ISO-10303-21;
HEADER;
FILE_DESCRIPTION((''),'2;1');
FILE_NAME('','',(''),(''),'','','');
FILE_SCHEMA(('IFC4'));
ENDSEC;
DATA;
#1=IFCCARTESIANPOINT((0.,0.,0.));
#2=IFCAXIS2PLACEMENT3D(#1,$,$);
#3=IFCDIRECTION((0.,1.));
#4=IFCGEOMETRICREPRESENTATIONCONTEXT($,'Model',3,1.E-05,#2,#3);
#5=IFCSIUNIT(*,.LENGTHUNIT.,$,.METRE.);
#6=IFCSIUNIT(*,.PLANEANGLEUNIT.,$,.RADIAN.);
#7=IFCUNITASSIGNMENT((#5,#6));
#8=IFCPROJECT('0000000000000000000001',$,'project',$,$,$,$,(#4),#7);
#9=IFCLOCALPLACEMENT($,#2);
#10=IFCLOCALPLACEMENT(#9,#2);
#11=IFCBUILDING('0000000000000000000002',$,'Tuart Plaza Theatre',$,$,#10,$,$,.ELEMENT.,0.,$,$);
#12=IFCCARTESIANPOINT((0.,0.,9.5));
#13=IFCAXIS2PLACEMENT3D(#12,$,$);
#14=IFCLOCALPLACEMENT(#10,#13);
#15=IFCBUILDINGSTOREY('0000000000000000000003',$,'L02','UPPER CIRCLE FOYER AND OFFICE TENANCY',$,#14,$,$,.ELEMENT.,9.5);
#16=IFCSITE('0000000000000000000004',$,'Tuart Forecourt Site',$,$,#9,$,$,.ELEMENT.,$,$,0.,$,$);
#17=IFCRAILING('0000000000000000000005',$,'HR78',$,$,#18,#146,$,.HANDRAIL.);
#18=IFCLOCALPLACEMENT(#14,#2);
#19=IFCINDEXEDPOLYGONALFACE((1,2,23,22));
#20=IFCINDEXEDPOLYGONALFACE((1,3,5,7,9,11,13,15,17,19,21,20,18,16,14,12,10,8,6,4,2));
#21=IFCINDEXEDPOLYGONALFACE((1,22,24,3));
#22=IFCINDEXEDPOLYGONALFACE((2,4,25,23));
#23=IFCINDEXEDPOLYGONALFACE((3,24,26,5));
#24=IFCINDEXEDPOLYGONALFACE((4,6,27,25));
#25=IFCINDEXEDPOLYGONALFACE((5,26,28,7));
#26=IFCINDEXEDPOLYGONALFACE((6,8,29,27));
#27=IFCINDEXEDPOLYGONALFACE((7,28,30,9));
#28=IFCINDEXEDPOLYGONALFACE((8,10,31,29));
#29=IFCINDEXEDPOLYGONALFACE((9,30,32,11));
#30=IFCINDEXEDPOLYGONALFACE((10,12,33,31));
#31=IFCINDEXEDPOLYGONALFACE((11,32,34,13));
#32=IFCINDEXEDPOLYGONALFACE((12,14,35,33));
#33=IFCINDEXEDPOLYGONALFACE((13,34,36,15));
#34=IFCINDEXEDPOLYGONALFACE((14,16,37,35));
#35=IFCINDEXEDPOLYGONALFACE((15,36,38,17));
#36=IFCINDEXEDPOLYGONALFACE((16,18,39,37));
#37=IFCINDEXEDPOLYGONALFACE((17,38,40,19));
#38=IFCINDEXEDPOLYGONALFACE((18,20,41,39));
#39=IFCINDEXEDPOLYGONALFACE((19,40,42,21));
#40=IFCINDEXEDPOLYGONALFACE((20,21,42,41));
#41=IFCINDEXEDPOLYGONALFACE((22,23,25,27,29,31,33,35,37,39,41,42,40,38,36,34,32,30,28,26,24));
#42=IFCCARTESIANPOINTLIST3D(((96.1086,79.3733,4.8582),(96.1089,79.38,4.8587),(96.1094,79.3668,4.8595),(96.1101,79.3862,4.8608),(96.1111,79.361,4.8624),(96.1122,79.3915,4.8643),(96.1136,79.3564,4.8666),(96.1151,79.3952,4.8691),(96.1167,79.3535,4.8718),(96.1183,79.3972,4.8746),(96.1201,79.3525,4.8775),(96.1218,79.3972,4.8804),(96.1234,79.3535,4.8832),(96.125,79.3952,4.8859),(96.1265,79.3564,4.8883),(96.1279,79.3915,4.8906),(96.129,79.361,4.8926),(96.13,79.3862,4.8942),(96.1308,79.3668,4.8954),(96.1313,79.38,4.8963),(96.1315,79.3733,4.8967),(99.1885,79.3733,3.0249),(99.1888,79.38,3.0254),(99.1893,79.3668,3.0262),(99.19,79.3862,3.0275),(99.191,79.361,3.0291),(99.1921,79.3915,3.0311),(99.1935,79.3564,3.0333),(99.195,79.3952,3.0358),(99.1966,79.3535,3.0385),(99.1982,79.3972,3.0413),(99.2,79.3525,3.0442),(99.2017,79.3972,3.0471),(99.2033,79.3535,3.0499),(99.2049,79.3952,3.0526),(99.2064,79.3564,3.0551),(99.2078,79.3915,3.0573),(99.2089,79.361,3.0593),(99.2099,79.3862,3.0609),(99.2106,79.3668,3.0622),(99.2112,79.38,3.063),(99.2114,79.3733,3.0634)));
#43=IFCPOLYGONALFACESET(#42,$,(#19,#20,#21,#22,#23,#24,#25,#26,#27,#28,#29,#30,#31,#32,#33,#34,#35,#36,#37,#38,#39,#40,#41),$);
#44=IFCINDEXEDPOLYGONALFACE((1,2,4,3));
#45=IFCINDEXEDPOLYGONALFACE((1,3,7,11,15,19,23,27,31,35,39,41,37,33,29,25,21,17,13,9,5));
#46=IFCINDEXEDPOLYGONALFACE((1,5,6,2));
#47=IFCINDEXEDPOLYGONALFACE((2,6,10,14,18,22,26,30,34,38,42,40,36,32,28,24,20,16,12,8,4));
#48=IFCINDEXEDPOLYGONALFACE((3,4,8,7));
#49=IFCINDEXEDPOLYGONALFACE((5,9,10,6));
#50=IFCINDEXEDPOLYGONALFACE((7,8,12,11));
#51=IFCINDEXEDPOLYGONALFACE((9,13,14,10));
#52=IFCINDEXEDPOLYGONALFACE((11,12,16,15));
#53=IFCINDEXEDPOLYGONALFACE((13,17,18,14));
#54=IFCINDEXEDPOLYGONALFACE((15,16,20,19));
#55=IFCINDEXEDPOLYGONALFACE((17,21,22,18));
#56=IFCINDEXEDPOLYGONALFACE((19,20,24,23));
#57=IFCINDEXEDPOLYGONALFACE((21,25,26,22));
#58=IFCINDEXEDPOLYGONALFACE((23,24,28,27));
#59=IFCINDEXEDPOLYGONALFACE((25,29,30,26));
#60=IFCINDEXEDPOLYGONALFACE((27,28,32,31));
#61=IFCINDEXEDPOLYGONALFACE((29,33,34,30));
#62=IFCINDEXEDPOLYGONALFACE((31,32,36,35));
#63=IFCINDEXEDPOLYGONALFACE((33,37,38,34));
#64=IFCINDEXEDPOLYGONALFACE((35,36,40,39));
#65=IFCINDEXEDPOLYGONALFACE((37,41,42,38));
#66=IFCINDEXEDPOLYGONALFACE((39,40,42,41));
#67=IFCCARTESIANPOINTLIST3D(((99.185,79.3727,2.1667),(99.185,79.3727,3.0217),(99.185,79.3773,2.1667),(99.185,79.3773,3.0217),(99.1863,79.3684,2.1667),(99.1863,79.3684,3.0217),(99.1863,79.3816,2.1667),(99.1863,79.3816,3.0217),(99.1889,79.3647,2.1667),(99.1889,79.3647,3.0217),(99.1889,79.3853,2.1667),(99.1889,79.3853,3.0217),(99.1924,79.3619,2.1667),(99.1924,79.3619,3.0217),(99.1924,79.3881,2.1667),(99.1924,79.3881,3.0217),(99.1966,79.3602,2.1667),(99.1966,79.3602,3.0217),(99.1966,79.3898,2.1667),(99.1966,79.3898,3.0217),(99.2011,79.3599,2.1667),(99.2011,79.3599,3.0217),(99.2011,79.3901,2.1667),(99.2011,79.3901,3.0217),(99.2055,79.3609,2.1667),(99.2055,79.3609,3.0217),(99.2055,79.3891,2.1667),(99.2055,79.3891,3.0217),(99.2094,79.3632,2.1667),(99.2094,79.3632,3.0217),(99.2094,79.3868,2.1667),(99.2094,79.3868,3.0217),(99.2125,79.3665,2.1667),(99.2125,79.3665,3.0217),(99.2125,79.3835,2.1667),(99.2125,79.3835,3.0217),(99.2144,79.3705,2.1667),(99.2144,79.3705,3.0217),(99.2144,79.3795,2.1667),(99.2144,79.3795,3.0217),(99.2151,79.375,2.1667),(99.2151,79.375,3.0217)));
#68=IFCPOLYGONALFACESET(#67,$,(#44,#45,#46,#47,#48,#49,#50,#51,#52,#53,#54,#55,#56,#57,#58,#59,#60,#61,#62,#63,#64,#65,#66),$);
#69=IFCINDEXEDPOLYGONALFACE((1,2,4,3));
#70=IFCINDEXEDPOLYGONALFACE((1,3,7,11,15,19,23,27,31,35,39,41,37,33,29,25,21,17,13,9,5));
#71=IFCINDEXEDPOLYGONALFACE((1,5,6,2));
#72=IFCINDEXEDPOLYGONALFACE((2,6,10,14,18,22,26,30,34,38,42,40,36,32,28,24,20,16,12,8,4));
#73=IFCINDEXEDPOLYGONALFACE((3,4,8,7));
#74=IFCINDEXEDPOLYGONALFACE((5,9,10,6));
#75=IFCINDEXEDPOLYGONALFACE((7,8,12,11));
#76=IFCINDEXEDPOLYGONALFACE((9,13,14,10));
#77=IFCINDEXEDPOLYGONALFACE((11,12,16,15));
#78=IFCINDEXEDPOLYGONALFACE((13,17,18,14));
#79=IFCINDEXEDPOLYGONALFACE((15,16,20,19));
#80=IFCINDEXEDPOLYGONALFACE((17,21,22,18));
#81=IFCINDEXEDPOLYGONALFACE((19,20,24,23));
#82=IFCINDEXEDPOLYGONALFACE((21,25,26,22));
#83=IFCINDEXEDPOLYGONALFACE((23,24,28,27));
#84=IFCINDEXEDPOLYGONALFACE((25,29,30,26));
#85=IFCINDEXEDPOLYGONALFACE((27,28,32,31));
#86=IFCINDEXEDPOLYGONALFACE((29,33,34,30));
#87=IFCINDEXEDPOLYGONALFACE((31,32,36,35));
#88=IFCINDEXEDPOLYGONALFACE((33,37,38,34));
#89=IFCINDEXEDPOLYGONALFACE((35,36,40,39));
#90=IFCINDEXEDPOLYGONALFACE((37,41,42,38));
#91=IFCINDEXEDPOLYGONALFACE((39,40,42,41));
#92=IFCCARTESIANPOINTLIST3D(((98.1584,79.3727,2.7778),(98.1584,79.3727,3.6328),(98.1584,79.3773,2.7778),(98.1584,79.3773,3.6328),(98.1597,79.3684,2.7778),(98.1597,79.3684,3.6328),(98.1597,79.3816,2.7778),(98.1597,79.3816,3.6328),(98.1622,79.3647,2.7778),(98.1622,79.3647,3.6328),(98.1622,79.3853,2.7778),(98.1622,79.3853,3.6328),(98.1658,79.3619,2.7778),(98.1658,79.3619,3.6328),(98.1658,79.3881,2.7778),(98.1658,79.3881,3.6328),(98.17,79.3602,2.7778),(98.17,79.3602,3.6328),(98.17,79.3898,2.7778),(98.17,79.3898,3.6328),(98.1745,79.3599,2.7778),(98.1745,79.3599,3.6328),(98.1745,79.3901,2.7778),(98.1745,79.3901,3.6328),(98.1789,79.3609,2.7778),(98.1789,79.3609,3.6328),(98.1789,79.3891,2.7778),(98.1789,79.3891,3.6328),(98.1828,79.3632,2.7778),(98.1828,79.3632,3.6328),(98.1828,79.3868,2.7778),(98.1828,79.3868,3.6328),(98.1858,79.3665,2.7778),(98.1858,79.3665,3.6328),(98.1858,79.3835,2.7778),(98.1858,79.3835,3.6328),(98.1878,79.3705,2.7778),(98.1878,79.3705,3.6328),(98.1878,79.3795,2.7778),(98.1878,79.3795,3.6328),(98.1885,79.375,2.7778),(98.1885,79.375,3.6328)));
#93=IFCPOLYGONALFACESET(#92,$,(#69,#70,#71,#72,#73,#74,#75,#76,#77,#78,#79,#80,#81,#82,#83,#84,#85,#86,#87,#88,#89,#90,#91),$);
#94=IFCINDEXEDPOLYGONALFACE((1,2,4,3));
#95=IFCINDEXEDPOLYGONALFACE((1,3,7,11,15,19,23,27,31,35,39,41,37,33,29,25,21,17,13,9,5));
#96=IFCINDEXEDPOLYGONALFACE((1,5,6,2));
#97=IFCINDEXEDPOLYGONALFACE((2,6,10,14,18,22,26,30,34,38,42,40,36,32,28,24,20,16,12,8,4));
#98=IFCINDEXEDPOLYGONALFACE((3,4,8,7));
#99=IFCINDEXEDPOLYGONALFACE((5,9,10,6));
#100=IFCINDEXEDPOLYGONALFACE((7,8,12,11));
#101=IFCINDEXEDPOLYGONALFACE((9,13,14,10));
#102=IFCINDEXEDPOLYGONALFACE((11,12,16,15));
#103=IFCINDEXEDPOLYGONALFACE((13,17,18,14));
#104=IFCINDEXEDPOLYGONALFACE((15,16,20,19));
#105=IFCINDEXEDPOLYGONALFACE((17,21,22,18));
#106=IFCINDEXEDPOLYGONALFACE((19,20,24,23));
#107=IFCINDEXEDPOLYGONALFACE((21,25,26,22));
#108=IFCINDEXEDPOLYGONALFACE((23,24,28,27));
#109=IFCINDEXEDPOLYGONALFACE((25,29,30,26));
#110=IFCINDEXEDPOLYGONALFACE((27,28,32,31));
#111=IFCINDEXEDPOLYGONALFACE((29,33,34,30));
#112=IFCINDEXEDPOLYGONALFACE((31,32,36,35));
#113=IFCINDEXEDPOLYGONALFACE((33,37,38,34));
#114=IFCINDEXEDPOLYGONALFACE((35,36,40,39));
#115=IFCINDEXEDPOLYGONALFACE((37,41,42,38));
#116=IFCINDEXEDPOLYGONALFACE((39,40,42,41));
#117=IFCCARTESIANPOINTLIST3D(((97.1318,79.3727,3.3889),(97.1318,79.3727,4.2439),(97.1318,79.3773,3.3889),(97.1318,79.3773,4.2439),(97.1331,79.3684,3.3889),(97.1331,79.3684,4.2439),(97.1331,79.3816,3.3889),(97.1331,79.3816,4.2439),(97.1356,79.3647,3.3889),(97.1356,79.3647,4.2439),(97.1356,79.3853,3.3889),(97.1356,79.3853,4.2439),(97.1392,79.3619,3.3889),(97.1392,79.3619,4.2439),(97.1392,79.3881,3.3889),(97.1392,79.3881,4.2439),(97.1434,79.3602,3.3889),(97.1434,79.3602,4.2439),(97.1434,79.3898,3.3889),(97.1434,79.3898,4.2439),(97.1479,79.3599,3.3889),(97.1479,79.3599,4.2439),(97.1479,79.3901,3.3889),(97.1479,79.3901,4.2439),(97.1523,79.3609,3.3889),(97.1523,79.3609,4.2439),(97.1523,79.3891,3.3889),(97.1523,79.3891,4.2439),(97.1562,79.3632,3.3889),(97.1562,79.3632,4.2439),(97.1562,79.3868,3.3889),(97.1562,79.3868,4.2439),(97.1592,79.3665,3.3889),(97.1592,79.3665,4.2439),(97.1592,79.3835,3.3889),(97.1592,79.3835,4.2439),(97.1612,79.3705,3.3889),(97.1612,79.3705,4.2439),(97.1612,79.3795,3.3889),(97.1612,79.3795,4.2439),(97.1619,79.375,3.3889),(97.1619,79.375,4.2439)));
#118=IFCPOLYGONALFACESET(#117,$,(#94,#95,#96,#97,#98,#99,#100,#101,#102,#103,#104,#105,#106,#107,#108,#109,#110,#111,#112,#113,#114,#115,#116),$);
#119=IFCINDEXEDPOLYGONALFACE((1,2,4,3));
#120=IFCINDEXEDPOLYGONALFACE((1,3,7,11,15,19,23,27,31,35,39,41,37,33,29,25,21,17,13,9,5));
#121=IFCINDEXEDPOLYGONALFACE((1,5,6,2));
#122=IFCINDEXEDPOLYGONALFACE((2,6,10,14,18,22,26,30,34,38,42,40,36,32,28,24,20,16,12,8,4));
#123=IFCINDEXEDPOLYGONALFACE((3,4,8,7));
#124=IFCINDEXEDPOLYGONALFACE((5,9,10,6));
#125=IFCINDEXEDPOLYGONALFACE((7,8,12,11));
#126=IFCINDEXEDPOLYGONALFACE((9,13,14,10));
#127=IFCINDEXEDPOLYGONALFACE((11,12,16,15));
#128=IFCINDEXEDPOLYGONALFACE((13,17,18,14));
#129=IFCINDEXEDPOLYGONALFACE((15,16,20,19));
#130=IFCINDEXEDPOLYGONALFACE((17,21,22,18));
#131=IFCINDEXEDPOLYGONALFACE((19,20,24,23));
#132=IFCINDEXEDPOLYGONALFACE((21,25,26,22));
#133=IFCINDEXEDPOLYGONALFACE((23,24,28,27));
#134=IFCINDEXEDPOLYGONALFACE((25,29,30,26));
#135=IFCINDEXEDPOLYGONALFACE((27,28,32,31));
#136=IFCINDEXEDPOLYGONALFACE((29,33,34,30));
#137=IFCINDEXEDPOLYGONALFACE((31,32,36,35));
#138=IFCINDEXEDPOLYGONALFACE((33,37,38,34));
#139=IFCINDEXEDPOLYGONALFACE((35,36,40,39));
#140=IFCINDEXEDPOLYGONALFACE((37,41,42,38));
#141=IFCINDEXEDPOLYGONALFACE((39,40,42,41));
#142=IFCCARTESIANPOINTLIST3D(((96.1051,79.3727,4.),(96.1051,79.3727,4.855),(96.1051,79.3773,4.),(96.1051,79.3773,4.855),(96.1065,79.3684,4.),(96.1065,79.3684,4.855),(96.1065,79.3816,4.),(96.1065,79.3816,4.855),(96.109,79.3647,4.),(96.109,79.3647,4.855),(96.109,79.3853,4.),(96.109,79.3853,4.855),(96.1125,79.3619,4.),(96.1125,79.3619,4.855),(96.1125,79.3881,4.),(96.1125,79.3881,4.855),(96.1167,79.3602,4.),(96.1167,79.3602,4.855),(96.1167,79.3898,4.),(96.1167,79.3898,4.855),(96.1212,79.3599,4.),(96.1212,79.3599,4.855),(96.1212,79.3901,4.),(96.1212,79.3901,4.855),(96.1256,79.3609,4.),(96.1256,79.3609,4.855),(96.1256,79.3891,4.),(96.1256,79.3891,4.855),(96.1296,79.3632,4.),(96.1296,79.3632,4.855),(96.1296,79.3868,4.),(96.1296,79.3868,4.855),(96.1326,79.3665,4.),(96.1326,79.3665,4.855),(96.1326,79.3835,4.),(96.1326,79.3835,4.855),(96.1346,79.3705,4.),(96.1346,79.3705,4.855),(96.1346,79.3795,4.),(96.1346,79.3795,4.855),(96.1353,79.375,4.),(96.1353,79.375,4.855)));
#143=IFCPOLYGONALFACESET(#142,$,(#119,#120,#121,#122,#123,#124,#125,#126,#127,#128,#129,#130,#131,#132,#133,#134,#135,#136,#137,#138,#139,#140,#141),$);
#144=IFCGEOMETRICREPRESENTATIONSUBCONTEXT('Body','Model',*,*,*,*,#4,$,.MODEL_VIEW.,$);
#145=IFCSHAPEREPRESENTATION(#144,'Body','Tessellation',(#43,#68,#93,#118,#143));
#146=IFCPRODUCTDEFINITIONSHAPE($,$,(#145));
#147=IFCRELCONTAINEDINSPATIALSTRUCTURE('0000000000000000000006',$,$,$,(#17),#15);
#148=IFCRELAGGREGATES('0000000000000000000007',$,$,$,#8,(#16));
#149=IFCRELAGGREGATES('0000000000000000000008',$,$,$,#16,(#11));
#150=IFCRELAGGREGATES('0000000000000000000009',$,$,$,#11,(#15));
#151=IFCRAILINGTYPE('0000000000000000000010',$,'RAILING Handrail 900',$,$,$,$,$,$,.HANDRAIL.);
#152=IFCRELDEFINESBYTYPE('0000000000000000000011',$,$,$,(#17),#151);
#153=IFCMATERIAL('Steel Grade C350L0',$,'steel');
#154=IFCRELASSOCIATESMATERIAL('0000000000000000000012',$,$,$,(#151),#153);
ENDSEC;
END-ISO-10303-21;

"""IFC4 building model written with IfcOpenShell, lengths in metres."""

from ifc_helpers import new_model, si_unit, direction, frame, origin, origin_2d, place, context, subcontext, project, spatial, circle, extrude, material, type_object, element, save


model = new_model("IFC4")

# Units and contexts
model_context = context("Model", 3, precision=1e-05, world=origin(), true_north=direction((0.0, 1.0)))
body_context = subcontext(model_context, "Body", "Model", "MODEL_VIEW")
ifc_project = project(units=[si_unit("LENGTHUNIT", "METRE"), si_unit("PLANEANGLEUNIT", "RADIAN")], contexts=[model_context])

# Site, building, storey
site_placement = place(None, origin())
site = spatial("IfcSite", under=ifc_project, at=site_placement, Name="Tuart Forecourt Site", CompositionType="ELEMENT", RefElevation=0.0)
building_placement = place(site_placement, origin())
building = spatial("IfcBuilding", under=site, at=building_placement, Name="Tuart Plaza Theatre", CompositionType="ELEMENT", ElevationOfRefHeight=0.0)
storey_placement = place(building_placement, frame((0.0, 0.0, 9.5)))
storey = spatial("IfcBuildingStorey", under=building, at=storey_placement, Name="L02", Description="UPPER CIRCLE FOYER AND OFFICE TENANCY", CompositionType="ELEMENT", Elevation=9.5)

# Railing
ifc_material_1 = material(Name="Steel Grade C350L0", Category="steel")
railing_type_1 = type_object("IfcRailingType", Name="RAILING Handrail 900", PredefinedType="HANDRAIL", material=ifc_material_1)
railing_1_placement = place(storey_placement, frame((99.2, 79.375, 2.1667)))
element("IfcRailing", 1, at=railing_1_placement, inside=storey, type_object=railing_type_1, Name="HR78", PredefinedType="HANDRAIL", context=body_context, shape_type="SweptSolid", body=[
    extrude(circle(Radius=0.0225, at=origin_2d()), frame((0.0, 0.0, 0.8774), z_axis=(-0.859291, 0.0, 0.511487), x_axis=(0.0, -1.0, 0.0)), (0.0, 0.0, 1.0), 3.5842),
    extrude(circle(Radius=0.0151, at=origin_2d()), origin(), (0.0, 0.0, 1.0), 0.855),
    extrude(circle(Radius=0.0151, at=origin_2d()), frame((-1.0266, 0.0, 0.6111)), (0.0, 0.0, 1.0), 0.855),
    extrude(circle(Radius=0.0151, at=origin_2d()), frame((-2.0532, 0.0, 1.2222)), (0.0, 0.0, 1.0), 0.855),
    extrude(circle(Radius=0.0151, at=origin_2d()), frame((-3.0798, 0.0, 1.8333)), (0.0, 0.0, 1.0), 0.855),
])

save(model, "model.ifc")
